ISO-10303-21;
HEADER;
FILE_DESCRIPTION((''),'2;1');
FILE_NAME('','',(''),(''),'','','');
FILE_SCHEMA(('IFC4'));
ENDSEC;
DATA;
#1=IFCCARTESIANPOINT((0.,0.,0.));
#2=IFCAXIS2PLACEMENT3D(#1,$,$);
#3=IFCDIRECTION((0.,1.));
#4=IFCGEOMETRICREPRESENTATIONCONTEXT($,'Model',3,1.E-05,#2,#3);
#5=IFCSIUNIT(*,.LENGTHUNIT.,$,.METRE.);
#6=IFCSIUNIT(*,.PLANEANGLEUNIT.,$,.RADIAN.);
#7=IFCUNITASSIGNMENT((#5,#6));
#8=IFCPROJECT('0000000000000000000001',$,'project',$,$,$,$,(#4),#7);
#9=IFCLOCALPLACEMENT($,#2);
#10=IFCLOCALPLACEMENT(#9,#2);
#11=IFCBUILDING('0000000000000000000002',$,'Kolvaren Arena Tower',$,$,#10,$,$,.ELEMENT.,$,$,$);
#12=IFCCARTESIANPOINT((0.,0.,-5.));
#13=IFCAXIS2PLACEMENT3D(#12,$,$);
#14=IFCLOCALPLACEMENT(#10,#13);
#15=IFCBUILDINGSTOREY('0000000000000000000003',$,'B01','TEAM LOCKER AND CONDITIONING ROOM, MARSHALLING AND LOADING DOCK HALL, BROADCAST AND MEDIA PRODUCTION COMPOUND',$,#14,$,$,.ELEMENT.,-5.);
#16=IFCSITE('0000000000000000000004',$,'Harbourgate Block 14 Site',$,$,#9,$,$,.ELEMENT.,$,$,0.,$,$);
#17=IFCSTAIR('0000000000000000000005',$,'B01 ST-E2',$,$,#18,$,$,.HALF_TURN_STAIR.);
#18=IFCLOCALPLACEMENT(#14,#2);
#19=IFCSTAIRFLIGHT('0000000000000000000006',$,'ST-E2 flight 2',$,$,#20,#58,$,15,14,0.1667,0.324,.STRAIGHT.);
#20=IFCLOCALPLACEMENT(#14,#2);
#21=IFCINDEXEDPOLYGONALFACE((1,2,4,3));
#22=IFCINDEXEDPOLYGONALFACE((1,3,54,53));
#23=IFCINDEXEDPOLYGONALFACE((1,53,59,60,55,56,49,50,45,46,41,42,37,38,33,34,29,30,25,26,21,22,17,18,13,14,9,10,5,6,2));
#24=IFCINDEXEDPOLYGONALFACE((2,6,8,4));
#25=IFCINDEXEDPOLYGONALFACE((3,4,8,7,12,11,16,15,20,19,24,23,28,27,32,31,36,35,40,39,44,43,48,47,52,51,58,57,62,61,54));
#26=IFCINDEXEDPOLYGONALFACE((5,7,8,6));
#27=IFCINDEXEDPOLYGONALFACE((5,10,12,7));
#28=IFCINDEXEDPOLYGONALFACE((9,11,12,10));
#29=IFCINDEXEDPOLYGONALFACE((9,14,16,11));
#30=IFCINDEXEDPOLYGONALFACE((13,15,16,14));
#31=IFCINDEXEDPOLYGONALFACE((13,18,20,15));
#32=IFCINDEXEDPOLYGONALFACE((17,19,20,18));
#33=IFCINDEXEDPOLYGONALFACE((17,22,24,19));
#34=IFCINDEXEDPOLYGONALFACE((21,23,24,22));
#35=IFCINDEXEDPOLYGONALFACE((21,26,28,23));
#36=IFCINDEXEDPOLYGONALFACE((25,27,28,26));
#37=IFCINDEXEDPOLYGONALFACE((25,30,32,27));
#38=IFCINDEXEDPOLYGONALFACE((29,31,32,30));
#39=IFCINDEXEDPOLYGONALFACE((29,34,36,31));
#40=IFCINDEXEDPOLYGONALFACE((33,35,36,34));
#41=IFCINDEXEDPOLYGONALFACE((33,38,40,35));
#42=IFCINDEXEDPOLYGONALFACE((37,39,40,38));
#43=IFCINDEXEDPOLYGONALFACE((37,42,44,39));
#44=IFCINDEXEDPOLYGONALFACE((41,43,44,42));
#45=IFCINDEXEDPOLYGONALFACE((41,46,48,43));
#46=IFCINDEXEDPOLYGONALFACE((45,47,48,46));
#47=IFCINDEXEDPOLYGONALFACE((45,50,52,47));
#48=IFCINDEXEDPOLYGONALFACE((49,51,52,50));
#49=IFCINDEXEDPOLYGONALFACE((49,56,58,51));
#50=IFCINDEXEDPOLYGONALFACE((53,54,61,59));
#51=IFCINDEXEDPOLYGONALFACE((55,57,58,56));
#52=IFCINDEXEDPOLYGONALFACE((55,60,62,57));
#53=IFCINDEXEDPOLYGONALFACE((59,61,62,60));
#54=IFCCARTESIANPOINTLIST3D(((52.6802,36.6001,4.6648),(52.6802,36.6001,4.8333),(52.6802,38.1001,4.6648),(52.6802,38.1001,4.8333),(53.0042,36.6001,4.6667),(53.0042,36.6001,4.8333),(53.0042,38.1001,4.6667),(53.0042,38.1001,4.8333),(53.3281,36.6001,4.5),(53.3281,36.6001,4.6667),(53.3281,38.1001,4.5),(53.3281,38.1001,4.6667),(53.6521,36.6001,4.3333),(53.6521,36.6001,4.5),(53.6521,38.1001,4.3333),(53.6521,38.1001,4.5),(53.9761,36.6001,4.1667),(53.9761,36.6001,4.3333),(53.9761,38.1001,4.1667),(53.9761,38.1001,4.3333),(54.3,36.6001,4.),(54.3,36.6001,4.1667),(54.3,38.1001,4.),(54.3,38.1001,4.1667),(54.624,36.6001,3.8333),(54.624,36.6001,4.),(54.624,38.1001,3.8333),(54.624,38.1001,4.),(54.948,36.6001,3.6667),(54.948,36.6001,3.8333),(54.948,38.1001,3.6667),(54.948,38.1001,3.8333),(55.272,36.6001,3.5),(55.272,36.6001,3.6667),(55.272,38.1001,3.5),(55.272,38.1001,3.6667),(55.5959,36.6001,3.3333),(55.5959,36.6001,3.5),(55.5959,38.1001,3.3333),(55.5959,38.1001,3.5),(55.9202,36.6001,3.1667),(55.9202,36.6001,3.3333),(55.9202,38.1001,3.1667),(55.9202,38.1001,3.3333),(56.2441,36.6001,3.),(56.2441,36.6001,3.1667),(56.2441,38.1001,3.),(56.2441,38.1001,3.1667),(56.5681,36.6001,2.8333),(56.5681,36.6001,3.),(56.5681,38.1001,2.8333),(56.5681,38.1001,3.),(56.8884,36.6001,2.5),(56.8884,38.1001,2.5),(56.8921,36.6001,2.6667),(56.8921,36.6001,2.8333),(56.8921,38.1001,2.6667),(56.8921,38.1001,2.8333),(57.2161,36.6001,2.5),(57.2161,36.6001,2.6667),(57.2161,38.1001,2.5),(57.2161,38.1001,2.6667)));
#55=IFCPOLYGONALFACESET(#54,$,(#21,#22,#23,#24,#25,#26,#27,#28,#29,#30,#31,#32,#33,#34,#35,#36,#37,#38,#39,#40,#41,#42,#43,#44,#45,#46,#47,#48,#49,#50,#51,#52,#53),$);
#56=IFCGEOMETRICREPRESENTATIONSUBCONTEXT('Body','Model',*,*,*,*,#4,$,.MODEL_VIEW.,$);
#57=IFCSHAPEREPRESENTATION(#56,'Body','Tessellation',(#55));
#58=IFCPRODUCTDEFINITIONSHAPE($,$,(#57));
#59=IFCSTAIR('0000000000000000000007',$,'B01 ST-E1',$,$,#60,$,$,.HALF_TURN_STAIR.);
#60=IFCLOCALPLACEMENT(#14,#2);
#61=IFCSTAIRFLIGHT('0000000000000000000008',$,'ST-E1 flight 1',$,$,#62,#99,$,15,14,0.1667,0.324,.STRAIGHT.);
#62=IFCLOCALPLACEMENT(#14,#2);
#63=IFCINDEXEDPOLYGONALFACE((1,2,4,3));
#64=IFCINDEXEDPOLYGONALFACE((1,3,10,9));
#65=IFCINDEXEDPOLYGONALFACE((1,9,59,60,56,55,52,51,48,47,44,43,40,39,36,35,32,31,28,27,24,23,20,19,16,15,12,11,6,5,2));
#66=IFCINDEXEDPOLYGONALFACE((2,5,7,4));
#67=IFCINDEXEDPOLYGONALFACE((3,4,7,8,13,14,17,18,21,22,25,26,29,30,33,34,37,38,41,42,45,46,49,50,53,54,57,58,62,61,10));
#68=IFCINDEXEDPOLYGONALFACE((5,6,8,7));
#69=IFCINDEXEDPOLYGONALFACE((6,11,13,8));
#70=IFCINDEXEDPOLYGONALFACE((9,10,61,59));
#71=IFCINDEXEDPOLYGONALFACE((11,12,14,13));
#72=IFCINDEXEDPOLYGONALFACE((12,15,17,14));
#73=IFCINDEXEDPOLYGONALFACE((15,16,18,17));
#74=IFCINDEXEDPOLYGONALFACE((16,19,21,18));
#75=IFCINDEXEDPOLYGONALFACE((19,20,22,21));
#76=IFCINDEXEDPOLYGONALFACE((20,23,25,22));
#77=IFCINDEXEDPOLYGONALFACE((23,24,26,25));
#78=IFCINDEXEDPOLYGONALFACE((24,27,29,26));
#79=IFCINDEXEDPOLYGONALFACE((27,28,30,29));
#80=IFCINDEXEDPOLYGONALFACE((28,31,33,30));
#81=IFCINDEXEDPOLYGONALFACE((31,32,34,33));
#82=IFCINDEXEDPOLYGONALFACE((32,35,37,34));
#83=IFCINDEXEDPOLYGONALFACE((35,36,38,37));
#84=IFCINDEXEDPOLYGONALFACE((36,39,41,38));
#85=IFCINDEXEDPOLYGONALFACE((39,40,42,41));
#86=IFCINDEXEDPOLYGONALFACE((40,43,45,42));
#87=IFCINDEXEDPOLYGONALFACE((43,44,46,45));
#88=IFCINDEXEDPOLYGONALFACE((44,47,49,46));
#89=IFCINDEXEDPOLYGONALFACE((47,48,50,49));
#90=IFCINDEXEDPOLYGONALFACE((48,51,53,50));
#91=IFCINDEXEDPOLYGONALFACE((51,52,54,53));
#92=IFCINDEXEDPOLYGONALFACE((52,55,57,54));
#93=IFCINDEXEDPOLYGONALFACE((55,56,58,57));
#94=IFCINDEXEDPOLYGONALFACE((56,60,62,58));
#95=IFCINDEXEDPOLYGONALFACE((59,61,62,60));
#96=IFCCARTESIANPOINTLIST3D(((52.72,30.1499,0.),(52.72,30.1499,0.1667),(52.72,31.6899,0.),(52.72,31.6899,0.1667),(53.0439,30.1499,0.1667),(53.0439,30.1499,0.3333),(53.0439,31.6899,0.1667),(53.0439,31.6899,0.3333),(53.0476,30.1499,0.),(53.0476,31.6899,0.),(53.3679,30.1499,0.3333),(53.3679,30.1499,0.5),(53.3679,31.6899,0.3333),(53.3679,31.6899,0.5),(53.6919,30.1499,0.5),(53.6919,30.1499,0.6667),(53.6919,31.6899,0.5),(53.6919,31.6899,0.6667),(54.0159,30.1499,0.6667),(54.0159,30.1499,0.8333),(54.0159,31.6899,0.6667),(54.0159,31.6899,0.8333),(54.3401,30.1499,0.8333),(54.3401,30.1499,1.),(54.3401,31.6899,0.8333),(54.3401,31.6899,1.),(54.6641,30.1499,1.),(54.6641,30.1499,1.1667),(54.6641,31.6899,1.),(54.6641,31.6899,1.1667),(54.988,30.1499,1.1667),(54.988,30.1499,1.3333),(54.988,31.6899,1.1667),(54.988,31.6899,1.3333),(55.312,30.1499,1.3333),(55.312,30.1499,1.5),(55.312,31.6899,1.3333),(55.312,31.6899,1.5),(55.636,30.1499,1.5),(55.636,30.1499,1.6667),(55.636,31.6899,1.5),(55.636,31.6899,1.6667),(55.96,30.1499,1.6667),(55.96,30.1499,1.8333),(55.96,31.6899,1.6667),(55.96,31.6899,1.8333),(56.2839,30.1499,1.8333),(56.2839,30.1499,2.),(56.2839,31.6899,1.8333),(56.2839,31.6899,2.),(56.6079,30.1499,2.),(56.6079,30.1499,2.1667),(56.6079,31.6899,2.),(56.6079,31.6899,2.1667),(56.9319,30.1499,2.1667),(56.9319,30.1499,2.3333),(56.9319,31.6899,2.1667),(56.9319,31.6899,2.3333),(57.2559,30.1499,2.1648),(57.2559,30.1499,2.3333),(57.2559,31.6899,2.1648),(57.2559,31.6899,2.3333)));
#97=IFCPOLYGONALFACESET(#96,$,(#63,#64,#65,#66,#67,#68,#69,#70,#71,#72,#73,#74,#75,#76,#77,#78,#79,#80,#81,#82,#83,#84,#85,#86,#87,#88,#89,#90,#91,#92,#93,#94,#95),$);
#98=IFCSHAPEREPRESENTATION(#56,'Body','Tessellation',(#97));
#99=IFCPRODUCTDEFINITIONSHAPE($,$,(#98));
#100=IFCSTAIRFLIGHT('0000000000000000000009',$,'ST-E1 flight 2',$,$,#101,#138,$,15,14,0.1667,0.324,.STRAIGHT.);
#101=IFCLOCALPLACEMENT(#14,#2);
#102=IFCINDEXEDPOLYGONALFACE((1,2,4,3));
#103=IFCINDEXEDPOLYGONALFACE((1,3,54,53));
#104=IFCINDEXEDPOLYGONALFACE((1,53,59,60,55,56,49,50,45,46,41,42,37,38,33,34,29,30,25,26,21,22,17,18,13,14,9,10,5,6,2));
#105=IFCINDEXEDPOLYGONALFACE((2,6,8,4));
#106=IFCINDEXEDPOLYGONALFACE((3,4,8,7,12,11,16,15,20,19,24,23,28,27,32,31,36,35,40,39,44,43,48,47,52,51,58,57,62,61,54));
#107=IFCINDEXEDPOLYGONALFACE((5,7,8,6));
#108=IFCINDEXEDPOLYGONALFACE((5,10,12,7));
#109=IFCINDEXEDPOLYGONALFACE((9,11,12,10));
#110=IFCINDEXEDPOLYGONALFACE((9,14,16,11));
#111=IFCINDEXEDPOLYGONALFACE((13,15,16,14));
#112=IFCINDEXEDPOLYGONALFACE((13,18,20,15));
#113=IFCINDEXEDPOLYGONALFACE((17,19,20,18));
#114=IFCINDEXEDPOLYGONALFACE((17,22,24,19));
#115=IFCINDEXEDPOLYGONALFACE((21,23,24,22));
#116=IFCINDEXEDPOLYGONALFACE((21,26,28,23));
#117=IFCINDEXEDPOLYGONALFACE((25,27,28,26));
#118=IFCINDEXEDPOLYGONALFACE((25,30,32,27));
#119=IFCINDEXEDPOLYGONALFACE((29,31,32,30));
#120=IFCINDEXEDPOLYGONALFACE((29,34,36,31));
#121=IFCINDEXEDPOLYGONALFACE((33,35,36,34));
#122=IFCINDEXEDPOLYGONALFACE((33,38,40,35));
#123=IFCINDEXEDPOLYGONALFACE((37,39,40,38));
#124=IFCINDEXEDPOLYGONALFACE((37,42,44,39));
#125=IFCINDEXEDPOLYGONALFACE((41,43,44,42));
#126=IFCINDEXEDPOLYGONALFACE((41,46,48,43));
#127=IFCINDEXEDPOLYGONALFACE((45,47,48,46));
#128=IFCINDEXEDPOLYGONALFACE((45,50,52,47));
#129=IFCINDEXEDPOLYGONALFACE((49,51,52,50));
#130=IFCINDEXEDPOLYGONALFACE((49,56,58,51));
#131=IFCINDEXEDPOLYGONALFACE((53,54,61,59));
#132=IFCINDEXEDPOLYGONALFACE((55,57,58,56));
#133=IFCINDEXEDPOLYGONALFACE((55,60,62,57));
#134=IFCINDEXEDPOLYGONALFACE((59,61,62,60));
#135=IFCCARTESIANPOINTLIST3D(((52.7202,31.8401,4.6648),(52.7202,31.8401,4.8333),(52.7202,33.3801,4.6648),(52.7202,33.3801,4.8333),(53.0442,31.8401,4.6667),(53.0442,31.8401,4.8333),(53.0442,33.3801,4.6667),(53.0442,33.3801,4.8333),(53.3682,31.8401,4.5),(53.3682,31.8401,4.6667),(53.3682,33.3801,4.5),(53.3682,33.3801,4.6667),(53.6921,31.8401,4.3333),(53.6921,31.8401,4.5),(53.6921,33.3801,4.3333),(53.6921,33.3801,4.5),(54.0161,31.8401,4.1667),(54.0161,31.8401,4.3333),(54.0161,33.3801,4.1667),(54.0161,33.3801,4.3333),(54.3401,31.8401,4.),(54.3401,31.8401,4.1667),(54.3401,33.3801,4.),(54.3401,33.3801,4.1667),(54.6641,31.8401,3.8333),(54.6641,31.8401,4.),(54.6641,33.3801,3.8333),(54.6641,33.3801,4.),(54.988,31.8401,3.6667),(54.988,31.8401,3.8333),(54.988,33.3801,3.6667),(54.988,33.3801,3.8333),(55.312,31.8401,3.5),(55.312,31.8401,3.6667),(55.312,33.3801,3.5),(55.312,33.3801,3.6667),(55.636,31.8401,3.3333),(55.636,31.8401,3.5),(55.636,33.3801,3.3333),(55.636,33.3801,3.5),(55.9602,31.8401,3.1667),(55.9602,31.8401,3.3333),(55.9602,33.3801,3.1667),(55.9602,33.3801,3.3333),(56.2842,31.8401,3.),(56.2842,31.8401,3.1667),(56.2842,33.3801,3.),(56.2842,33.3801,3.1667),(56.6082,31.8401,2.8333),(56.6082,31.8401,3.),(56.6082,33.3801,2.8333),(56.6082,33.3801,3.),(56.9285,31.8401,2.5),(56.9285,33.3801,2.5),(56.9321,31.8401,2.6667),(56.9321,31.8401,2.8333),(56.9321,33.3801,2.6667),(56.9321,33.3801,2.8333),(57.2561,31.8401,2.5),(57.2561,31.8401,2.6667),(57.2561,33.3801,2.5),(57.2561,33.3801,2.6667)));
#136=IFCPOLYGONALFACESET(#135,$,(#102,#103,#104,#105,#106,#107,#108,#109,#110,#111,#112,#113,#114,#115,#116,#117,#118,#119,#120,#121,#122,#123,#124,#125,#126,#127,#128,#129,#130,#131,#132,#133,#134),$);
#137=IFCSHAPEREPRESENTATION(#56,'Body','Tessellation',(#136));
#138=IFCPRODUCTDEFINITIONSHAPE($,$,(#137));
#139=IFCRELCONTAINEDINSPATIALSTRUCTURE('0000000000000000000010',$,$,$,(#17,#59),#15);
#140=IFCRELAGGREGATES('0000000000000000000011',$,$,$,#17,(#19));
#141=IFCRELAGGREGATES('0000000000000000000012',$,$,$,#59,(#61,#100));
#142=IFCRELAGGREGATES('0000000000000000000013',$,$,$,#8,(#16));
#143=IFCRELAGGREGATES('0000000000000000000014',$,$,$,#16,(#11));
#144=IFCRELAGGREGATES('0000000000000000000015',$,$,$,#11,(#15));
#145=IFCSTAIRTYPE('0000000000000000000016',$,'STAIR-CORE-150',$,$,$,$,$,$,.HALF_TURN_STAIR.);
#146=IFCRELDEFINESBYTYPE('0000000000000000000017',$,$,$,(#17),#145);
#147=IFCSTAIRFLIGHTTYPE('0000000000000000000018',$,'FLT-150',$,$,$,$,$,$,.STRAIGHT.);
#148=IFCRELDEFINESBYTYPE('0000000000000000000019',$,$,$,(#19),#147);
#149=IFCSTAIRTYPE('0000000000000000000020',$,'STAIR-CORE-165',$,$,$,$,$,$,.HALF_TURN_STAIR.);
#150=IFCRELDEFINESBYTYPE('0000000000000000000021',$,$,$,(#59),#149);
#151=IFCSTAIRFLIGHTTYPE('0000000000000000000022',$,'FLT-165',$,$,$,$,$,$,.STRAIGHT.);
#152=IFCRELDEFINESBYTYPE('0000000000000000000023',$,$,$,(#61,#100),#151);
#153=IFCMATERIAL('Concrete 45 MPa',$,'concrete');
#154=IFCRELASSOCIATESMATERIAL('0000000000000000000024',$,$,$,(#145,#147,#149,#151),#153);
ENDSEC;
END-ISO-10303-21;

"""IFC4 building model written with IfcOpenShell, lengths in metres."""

from ifc_helpers import new_model, si_unit, direction, frame, origin, place, context, subcontext, project, spatial, polyline, outline, extrude, material, type_object, element, aggregate, save


model = new_model("IFC4")

# Units and contexts
model_context = context("Model", 3, precision=1e-05, world=origin(), true_north=direction((0.0, 1.0)))
body_context = subcontext(model_context, "Body", "Model", "MODEL_VIEW")
ifc_project = project(units=[si_unit("LENGTHUNIT", "METRE"), si_unit("PLANEANGLEUNIT", "RADIAN")], contexts=[model_context])

# Site, building, storey
site_placement = place(None, origin())
site = spatial("IfcSite", under=ifc_project, at=site_placement, Name="Harbourgate Block 14 Site", CompositionType="ELEMENT", RefElevation=0.0)
building_placement = place(site_placement, origin())
building = spatial("IfcBuilding", under=site, at=building_placement, Name="Kolvaren Arena Tower", CompositionType="ELEMENT")
storey_placement = place(building_placement, frame((0.0, 0.0, -5.0)))
storey = spatial("IfcBuildingStorey", under=building, at=storey_placement, Name="B01", Description="TEAM LOCKER AND CONDITIONING ROOM, MARSHALLING AND LOADING DOCK HALL, BROADCAST AND MEDIA PRODUCTION COMPOUND", CompositionType="ELEMENT", Elevation=-5.0)

# Shared definitions
ifc_material_1 = material(Name="Concrete 45 MPa", Category="concrete")

# Stairs, stair flights
stair_type_1 = type_object("IfcStairType", Name="STAIR-CORE-150", PredefinedType="HALF_TURN_STAIR", material=ifc_material_1)
stair_1_placement = place(storey_placement, origin())
stair_1 = element("IfcStair", 1, at=stair_1_placement, inside=storey, type_object=stair_type_1, Name="B01 ST-E2", PredefinedType="HALF_TURN_STAIR")
stair_flight_type_1 = type_object("IfcStairFlightType", Name="FLT-150", PredefinedType="STRAIGHT", material=ifc_material_1)
stair_flight_1_placement = place(storey_placement, frame((57.2161, 37.3501, 2.5), z_axis=(0.0, 0.0, 1.0), x_axis=(-1.0, 0.0, 0.0)))
stair_flight_1 = element("IfcStairFlight", 2, at=stair_flight_1_placement, type_object=stair_flight_type_1, Name="ST-E2 flight 2", NumberOfRisers=15, NumberOfTreads=14, PredefinedType="STRAIGHT", RiserHeight=0.1667, TreadLength=0.324, context=body_context, shape_type="SweptSolid", body=[
    extrude(outline(polyline([(0.0, 0.0), (0.0, 0.1667), (0.324, 0.1667), (0.324, 0.3333), (0.6479, 0.3333), (0.6479, 0.5), (0.9719, 0.5), (0.9719, 0.6667), (1.2959, 0.6667), (1.2959, 0.8333), (1.6201, 0.8333), (1.6201, 1.0), (1.9441, 1.0), (1.9441, 1.1667), (2.2681, 1.1667), (2.2681, 1.3333), (2.592, 1.3333), (2.592, 1.5), (2.916, 1.5), (2.916, 1.6667), (3.24, 1.6667), (3.24, 1.8333), (3.564, 1.8333), (3.564, 2.0), (3.8879, 2.0), (3.8879, 2.1667), (4.2119, 2.1667), (4.2119, 2.3333), (4.5359, 2.3333), (4.5359, 2.5), (4.5359, 2.1648), (0.3276, 0.0), (0.0, 0.0)])), frame((0.0, 0.75, 0.0), z_axis=(0.0, -1.0, 0.0), x_axis=(1.0, 0.0, 0.0)), (0.0, 0.0, 1.0), 1.5),
])
aggregate(stair_1, [stair_flight_1])
stair_type_2 = type_object("IfcStairType", Name="STAIR-CORE-165", PredefinedType="HALF_TURN_STAIR", material=ifc_material_1)
stair_2_placement = place(storey_placement, origin())
stair_2 = element("IfcStair", 3, at=stair_2_placement, inside=storey, type_object=stair_type_2, Name="B01 ST-E1", PredefinedType="HALF_TURN_STAIR")
stair_flight_type_2 = type_object("IfcStairFlightType", Name="FLT-165", PredefinedType="STRAIGHT", material=ifc_material_1)
stair_flight_2_placement = place(storey_placement, frame((52.72, 30.9199, 0.0), z_axis=(0.0, 0.0, 1.0), x_axis=(1.0, 0.0, 0.0)))
stair_flight_2 = element("IfcStairFlight", 4, at=stair_flight_2_placement, type_object=stair_flight_type_2, Name="ST-E1 flight 1", NumberOfRisers=15, NumberOfTreads=14, PredefinedType="STRAIGHT", RiserHeight=0.1667, TreadLength=0.324, context=body_context, shape_type="SweptSolid", body=[
    extrude(outline(polyline([(0.0, 0.0), (0.0, 0.1667), (0.324, 0.1667), (0.324, 0.3333), (0.6479, 0.3333), (0.6479, 0.5), (0.9719, 0.5), (0.9719, 0.6667), (1.2959, 0.6667), (1.2959, 0.8333), (1.6201, 0.8333), (1.6201, 1.0), (1.9441, 1.0), (1.9441, 1.1667), (2.2681, 1.1667), (2.2681, 1.3333), (2.592, 1.3333), (2.592, 1.5), (2.916, 1.5), (2.916, 1.6667), (3.24, 1.6667), (3.24, 1.8333), (3.564, 1.8333), (3.564, 2.0), (3.8879, 2.0), (3.8879, 2.1667), (4.2119, 2.1667), (4.2119, 2.3333), (4.5359, 2.3333), (4.5359, 2.5), (4.5359, 2.1648), (0.3276, 0.0), (0.0, 0.0)])), frame((0.0, 0.77, 0.0), z_axis=(0.0, -1.0, 0.0), x_axis=(1.0, 0.0, 0.0)), (0.0, 0.0, 1.0), 1.54),
])
stair_flight_3_placement = place(storey_placement, frame((57.2561, 32.6101, 2.5), z_axis=(0.0, 0.0, 1.0), x_axis=(-1.0, 0.0, 0.0)))
stair_flight_3 = element("IfcStairFlight", 5, at=stair_flight_3_placement, type_object=stair_flight_type_2, Name="ST-E1 flight 2", NumberOfRisers=15, NumberOfTreads=14, PredefinedType="STRAIGHT", RiserHeight=0.1667, TreadLength=0.324, context=body_context, shape_type="SweptSolid", body=[
    extrude(outline(polyline([(0.0, 0.0), (0.0, 0.1667), (0.324, 0.1667), (0.324, 0.3333), (0.6479, 0.3333), (0.6479, 0.5), (0.9719, 0.5), (0.9719, 0.6667), (1.2959, 0.6667), (1.2959, 0.8333), (1.6201, 0.8333), (1.6201, 1.0), (1.9441, 1.0), (1.9441, 1.1667), (2.2681, 1.1667), (2.2681, 1.3333), (2.592, 1.3333), (2.592, 1.5), (2.916, 1.5), (2.916, 1.6667), (3.24, 1.6667), (3.24, 1.8333), (3.564, 1.8333), (3.564, 2.0), (3.8879, 2.0), (3.8879, 2.1667), (4.2119, 2.1667), (4.2119, 2.3333), (4.5359, 2.3333), (4.5359, 2.5), (4.5359, 2.1648), (0.3276, 0.0), (0.0, 0.0)])), frame((0.0, 0.77, 0.0), z_axis=(0.0, -1.0, 0.0), x_axis=(1.0, 0.0, 0.0)), (0.0, 0.0, 1.0), 1.54),
])
aggregate(stair_2, [stair_flight_2, stair_flight_3])

save(model, "model.ifc")
